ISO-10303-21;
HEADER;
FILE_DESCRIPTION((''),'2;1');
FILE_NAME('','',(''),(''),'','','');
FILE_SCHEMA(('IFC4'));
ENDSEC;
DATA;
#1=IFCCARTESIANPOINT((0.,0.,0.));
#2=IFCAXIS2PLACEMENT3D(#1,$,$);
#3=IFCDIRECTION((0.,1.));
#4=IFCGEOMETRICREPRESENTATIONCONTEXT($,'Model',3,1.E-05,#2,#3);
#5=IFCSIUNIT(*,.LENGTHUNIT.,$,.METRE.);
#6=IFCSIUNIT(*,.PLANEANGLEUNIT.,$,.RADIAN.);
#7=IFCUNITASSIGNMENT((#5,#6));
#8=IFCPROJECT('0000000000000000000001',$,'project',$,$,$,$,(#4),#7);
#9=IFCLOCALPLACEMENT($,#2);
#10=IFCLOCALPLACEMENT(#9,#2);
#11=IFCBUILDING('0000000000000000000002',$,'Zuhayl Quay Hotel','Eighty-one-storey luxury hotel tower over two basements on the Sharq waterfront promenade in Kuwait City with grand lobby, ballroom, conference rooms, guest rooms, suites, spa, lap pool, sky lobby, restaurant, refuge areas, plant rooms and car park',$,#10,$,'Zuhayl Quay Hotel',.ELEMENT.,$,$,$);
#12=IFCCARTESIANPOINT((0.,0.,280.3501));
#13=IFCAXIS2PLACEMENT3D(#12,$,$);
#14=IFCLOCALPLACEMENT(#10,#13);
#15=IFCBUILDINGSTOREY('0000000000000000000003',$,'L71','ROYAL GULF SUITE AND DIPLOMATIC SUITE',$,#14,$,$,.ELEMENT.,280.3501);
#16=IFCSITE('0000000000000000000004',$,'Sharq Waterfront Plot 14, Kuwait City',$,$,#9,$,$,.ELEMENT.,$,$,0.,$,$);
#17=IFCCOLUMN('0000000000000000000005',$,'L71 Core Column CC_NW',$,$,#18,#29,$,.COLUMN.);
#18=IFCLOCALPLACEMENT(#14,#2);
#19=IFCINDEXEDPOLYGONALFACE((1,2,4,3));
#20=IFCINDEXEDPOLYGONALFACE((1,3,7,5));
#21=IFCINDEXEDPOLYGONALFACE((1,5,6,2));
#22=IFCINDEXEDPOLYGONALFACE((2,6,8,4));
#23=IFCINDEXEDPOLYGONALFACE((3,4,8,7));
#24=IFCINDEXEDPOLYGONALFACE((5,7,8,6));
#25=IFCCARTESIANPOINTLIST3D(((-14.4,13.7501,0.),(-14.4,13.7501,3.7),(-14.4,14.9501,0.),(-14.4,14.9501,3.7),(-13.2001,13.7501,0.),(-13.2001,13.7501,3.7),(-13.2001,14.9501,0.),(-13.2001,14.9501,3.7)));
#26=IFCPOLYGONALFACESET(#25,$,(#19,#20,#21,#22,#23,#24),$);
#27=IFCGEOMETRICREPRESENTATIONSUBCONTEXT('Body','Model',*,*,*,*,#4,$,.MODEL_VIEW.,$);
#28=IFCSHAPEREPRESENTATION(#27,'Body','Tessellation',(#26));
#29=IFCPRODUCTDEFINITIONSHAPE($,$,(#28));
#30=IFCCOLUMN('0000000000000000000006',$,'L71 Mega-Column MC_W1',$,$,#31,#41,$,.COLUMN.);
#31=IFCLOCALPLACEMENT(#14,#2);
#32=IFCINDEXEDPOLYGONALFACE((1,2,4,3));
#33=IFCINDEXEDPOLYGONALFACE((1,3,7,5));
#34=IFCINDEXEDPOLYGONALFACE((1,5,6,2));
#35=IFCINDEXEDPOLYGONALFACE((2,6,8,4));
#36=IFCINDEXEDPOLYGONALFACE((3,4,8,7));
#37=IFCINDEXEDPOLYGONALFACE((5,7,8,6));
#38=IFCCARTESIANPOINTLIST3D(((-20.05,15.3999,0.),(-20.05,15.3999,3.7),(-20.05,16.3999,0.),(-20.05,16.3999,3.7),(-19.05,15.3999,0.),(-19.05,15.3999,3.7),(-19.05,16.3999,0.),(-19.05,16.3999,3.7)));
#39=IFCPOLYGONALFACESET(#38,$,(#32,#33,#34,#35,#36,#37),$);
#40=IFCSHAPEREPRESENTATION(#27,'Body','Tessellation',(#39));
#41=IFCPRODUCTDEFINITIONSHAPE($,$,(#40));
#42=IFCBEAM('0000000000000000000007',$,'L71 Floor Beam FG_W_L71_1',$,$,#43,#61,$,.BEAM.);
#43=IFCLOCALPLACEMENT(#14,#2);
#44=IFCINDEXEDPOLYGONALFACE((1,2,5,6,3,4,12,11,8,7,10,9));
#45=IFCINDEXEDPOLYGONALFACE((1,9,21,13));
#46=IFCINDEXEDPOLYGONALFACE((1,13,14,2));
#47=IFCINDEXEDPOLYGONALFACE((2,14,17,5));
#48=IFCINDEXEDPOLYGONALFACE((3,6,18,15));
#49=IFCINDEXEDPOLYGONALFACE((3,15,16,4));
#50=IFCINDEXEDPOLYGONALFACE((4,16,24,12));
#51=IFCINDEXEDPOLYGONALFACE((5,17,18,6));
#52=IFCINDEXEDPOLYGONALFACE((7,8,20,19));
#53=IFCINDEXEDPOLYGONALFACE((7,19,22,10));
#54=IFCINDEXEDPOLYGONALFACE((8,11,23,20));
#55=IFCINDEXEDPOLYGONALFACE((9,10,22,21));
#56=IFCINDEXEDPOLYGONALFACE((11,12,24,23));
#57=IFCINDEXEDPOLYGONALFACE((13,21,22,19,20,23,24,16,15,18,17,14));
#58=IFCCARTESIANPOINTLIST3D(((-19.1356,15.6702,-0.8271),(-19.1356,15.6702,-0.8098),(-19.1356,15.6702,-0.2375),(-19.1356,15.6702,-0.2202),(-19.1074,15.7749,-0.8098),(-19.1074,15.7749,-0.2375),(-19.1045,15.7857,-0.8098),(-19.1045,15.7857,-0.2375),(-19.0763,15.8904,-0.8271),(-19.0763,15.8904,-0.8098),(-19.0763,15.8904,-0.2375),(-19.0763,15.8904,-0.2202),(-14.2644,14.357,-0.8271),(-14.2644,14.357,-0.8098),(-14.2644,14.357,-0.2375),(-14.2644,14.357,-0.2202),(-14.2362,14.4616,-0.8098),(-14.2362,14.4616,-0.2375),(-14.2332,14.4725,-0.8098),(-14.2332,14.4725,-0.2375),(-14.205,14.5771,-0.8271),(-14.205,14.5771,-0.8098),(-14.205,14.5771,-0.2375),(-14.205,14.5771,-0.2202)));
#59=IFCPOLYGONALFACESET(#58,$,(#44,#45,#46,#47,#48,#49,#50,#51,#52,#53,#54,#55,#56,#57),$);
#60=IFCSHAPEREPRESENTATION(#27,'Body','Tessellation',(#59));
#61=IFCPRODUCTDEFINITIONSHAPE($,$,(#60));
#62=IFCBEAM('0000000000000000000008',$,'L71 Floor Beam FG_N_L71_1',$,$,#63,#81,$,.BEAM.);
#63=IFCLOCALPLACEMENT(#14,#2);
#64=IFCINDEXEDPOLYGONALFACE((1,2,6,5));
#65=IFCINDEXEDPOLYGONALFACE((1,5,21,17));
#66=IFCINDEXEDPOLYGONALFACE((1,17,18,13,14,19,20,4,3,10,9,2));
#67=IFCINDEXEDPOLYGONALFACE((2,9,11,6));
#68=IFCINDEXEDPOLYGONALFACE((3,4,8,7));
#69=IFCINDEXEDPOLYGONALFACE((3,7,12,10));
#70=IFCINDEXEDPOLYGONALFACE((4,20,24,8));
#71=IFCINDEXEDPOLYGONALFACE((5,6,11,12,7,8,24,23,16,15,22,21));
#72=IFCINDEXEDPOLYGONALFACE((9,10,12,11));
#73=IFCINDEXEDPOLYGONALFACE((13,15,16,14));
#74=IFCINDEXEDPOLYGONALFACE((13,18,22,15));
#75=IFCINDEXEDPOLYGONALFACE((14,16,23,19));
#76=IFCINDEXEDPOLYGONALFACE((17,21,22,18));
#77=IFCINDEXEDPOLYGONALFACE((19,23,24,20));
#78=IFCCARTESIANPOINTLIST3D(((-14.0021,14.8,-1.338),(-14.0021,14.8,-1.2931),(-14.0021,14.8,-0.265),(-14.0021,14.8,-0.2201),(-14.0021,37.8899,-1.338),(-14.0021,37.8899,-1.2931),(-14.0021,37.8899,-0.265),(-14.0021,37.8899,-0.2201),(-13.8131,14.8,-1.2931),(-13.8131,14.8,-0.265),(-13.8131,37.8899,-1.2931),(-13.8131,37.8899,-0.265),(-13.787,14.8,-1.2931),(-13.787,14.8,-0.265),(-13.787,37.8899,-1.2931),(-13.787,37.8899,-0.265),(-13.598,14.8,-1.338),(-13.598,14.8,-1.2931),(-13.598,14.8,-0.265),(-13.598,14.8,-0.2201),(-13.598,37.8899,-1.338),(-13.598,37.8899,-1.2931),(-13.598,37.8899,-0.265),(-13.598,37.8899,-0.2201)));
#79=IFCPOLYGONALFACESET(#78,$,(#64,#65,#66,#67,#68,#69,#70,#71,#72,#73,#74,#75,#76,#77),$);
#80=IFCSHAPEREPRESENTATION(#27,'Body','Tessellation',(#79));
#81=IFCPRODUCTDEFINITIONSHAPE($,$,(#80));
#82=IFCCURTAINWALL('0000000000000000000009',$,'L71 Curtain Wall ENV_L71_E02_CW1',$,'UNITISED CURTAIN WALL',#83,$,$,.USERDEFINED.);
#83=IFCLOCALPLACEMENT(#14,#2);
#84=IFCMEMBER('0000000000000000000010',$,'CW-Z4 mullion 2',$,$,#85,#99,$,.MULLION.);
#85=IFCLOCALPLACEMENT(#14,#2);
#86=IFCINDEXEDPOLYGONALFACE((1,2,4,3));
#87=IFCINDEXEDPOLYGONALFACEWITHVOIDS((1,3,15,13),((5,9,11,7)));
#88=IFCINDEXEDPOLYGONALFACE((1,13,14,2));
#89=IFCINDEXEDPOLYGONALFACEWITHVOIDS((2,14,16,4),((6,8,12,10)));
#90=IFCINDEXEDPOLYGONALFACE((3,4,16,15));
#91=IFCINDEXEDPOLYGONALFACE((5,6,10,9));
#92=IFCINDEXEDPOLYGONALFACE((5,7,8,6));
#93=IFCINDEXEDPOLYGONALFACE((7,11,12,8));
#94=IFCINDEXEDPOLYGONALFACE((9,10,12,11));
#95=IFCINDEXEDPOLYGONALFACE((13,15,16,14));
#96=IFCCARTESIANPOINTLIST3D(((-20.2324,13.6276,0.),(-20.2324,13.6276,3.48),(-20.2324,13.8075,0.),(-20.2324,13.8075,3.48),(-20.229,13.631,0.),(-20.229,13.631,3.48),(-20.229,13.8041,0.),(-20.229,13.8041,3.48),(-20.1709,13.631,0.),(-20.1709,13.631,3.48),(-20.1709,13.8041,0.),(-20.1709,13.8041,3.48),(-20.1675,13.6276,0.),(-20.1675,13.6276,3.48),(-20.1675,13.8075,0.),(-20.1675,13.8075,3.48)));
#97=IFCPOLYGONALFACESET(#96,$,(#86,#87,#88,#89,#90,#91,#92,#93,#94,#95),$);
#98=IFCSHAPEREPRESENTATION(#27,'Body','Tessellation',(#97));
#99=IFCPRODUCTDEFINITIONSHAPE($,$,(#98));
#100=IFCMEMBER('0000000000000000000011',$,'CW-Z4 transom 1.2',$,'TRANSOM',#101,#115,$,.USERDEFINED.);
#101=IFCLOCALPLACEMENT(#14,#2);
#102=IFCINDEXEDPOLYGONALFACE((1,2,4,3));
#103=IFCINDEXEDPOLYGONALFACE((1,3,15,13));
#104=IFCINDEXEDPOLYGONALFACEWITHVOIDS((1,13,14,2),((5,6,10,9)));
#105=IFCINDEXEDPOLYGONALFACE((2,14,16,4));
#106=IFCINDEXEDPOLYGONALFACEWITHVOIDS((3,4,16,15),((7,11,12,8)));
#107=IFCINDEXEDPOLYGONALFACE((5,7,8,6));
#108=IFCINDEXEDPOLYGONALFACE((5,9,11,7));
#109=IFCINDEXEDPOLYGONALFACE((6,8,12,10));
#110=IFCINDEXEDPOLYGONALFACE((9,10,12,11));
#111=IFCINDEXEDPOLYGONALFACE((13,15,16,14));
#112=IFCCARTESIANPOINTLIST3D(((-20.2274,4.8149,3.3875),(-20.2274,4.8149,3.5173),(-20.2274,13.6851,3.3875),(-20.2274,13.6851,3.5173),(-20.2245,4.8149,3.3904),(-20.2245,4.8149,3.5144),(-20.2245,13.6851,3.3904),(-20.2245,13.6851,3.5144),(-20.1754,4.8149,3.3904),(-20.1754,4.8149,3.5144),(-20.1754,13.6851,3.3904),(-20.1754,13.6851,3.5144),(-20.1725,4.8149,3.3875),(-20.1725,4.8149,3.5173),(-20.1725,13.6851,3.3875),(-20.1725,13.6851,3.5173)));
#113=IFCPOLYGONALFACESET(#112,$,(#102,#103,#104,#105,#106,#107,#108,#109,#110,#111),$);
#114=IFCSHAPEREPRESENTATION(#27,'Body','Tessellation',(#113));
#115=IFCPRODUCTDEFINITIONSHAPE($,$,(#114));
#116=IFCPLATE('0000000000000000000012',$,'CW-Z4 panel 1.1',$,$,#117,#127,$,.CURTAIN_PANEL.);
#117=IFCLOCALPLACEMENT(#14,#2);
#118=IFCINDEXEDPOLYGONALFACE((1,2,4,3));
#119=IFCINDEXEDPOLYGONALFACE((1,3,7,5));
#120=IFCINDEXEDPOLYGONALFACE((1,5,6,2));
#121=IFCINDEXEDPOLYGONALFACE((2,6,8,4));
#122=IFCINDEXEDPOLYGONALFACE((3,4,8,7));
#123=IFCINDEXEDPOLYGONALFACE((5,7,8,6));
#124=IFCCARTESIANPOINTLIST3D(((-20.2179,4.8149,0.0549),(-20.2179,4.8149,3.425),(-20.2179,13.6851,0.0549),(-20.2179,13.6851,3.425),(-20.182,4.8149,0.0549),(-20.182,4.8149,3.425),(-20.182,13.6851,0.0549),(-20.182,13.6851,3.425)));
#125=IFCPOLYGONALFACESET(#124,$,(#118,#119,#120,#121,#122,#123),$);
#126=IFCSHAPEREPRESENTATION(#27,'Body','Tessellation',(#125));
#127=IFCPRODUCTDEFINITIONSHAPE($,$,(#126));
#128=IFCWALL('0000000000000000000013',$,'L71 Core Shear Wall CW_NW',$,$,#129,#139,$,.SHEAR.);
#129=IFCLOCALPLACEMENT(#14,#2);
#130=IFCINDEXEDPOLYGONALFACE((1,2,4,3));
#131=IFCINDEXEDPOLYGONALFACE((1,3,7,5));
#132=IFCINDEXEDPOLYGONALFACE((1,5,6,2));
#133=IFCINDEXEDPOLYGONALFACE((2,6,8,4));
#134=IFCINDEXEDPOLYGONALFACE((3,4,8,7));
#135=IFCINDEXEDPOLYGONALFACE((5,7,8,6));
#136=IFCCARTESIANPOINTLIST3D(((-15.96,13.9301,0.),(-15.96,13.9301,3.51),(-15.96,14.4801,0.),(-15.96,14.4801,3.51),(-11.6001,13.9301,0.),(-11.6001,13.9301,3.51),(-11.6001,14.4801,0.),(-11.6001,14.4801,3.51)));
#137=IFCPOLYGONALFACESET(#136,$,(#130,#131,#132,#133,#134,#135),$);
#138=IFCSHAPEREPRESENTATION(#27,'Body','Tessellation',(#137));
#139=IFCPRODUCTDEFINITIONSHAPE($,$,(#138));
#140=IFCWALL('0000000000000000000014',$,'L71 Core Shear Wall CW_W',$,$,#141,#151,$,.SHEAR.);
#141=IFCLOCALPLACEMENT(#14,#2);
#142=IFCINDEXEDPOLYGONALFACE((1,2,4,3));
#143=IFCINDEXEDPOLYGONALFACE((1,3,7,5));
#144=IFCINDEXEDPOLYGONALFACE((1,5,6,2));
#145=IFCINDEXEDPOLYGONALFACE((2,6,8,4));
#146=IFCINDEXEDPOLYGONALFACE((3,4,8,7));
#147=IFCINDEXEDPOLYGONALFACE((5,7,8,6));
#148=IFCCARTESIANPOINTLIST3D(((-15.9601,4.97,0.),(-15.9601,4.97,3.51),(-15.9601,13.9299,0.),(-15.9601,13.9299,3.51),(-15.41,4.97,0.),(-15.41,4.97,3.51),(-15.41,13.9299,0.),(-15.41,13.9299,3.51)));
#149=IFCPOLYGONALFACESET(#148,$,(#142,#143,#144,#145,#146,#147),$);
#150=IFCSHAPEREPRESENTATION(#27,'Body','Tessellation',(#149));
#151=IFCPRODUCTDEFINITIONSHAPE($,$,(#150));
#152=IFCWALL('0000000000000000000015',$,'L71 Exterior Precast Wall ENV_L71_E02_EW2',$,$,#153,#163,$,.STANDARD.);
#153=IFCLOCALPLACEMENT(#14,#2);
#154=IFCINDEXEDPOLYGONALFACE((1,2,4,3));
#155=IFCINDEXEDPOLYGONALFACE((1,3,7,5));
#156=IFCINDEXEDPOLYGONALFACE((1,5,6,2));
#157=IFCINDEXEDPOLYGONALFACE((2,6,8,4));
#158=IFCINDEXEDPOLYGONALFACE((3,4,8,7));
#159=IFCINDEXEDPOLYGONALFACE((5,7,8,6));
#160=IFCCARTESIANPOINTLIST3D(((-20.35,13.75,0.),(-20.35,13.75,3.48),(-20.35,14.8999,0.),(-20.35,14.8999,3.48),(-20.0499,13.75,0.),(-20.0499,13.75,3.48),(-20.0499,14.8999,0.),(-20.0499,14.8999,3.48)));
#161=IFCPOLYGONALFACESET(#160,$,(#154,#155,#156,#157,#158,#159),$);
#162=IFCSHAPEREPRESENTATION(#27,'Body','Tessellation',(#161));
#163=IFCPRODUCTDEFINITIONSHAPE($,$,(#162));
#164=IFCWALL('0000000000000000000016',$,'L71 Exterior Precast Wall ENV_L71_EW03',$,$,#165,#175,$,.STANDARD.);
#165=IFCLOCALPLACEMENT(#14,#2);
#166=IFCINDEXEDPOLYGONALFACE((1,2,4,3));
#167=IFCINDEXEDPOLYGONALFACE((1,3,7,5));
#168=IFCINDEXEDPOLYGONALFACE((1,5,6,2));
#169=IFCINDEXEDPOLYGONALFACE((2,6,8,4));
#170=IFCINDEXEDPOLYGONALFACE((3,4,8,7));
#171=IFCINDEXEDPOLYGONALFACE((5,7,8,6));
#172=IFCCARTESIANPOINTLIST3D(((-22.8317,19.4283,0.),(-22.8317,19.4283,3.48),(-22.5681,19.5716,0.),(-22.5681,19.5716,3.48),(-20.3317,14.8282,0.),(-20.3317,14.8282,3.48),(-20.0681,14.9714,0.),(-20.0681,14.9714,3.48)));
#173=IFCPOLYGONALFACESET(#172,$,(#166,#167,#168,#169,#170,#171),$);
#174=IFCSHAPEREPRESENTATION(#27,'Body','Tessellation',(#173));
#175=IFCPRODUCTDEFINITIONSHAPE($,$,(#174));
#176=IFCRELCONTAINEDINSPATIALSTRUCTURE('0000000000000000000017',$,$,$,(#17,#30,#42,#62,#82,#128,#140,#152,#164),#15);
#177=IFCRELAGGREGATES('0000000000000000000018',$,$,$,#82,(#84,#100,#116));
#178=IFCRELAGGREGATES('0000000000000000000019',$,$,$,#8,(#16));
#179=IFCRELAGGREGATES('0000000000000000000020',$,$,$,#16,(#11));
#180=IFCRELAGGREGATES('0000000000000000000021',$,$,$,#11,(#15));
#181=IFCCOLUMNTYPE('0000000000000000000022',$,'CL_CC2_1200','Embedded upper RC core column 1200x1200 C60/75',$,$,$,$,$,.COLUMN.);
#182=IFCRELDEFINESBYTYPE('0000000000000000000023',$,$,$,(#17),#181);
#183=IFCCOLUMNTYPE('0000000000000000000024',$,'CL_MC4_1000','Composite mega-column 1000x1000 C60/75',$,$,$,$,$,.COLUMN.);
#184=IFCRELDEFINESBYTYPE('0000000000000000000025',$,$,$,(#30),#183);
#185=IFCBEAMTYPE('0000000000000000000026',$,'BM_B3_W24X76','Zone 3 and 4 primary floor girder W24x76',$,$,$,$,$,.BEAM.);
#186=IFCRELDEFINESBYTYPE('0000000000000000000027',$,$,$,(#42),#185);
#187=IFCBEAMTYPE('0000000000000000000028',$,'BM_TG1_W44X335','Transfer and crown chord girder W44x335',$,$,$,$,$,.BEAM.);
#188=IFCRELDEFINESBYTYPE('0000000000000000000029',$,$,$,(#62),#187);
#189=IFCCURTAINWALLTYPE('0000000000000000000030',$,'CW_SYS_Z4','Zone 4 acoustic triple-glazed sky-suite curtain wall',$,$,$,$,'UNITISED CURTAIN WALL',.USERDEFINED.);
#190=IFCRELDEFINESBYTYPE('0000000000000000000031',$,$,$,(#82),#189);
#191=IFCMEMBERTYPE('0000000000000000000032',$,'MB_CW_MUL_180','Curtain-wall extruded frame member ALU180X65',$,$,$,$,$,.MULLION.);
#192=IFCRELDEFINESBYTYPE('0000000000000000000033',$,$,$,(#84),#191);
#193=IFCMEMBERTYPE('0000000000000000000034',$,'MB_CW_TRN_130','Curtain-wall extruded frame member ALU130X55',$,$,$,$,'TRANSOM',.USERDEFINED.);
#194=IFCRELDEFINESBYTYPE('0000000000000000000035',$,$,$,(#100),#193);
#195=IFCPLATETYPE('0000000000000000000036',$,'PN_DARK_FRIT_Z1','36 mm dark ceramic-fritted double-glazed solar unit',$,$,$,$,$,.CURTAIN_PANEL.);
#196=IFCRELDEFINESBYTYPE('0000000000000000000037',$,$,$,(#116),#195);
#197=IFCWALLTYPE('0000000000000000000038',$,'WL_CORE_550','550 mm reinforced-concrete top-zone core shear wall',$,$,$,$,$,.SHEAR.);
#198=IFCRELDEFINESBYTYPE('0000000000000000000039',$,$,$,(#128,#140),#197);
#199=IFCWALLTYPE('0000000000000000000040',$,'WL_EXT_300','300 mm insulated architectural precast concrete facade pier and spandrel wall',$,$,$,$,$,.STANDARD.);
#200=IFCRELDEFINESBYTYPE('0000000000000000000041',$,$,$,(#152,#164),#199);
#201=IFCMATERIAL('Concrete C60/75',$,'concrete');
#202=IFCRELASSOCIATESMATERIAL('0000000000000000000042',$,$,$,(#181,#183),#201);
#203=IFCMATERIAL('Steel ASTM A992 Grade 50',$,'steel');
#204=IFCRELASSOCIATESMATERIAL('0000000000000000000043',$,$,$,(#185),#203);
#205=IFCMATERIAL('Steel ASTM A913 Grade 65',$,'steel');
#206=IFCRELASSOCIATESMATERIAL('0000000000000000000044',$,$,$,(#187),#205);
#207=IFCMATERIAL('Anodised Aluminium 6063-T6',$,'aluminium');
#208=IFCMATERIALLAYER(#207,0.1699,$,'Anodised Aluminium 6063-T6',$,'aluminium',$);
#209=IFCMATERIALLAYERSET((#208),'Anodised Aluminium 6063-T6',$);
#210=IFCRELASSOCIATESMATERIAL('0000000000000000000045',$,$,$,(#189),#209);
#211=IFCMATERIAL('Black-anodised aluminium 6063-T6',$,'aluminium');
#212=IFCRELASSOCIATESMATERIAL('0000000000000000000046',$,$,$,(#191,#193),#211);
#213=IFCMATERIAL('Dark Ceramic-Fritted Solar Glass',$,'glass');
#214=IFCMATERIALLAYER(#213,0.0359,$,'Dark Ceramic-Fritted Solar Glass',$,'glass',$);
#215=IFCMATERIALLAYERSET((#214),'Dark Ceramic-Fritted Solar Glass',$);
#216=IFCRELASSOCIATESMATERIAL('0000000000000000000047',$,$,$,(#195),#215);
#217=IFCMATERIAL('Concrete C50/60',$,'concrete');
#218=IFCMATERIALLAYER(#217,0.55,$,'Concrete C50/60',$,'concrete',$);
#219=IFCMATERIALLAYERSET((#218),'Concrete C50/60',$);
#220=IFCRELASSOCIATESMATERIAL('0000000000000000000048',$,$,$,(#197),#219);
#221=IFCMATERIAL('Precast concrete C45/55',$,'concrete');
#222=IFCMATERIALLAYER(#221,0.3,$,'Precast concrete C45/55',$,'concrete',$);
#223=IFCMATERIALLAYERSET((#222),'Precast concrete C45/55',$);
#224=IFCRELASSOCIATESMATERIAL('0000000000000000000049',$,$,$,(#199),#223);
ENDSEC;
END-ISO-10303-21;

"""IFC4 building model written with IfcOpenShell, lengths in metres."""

from ifc_helpers import new_model, si_unit, direction, frame, frame_2d, origin, origin_2d, place, context, subcontext, project, spatial, rectangle, hollow_rectangle, i_section, extrude, material, layer, layer_set, material_profile, profile_set, type_object, element, aggregate, save


model = new_model("IFC4")

# Units and contexts
model_context = context("Model", 3, precision=1e-05, world=origin(), true_north=direction((0.0, 1.0)))
body_context = subcontext(model_context, "Body", "Model", "MODEL_VIEW")
ifc_project = project(units=[si_unit("LENGTHUNIT", "METRE"), si_unit("PLANEANGLEUNIT", "RADIAN")], contexts=[model_context])

# Site, building, storey
site_placement = place(None, origin())
site = spatial("IfcSite", under=ifc_project, at=site_placement, Name="Sharq Waterfront Plot 14, Kuwait City", CompositionType="ELEMENT", RefElevation=0.0)
building_placement = place(site_placement, origin())
building = spatial("IfcBuilding", under=site, at=building_placement, Name="Zuhayl Quay Hotel", Description="Eighty-one-storey luxury hotel tower over two basements on the Sharq waterfront promenade in Kuwait City with grand lobby, ballroom, conference rooms, guest rooms, suites, spa, lap pool, sky lobby, restaurant, refuge areas, plant rooms and car park", LongName="Zuhayl Quay Hotel", CompositionType="ELEMENT")
storey_placement = place(building_placement, frame((0.0, 0.0, 280.3501)))
storey = spatial("IfcBuildingStorey", under=building, at=storey_placement, Name="L71", Description="ROYAL GULF SUITE AND DIPLOMATIC SUITE", CompositionType="ELEMENT", Elevation=280.3501)

# Columns
ifc_material_1 = material(Name="Concrete C60/75", Category="concrete")
ifc_material_profile_1 = material_profile(ifc_material_1, rectangle(XDim=1.2, YDim=1.2, at=origin_2d()), Name="RC1200X1200")
ifc_profile_set_1 = profile_set([ifc_material_profile_1], Name="Concrete C60/75")
column_type_1 = type_object("IfcColumnType", Name="CL_CC2_1200", Description="Embedded upper RC core column 1200x1200 C60/75", PredefinedType="COLUMN", material=ifc_profile_set_1)
column_1_placement = place(storey_placement, frame((-13.8, 14.3501, 0.0), z_axis=(0.0, 0.0, 1.0), x_axis=(1.0, 0.0, 0.0)))
element("IfcColumn", 1, at=column_1_placement, inside=storey, type_object=column_type_1, Name="L71 Core Column CC_NW", PredefinedType="COLUMN", context=body_context, shape_type="SweptSolid", body=[
    extrude(rectangle(XDim=1.2, YDim=1.2, at=origin_2d()), origin(), (0.0, 0.0, 1.0), 3.7),
])
ifc_material_profile_2 = material_profile(ifc_material_1, rectangle(XDim=1.0, YDim=1.0, at=origin_2d()), Name="RC1000X1000")
ifc_profile_set_2 = profile_set([ifc_material_profile_2], Name="Concrete C60/75")
column_type_2 = type_object("IfcColumnType", Name="CL_MC4_1000", Description="Composite mega-column 1000x1000 C60/75", PredefinedType="COLUMN", material=ifc_profile_set_2)
column_2_placement = place(storey_placement, frame((-19.55, 15.8999, 0.0), z_axis=(0.0, 0.0, 1.0), x_axis=(1.0, 0.0, 0.0)))
element("IfcColumn", 2, at=column_2_placement, inside=storey, type_object=column_type_2, Name="L71 Mega-Column MC_W1", PredefinedType="COLUMN", context=body_context, shape_type="SweptSolid", body=[
    extrude(rectangle(XDim=1.0, YDim=1.0, at=origin_2d()), origin(), (0.0, 0.0, 1.0), 3.7),
])

# Beams
ifc_material_2 = material(Name="Steel ASTM A992 Grade 50", Category="steel")
ifc_material_profile_3 = material_profile(ifc_material_2, i_section(OverallWidth=0.228, OverallDepth=0.6069, WebThickness=0.0112, FlangeThickness=0.0173, at=origin_2d()), Name="W24X76")
ifc_profile_set_3 = profile_set([ifc_material_profile_3], Name="Steel ASTM A992 Grade 50")
beam_type_1 = type_object("IfcBeamType", Name="BM_B3_W24X76", Description="Zone 3 and 4 primary floor girder W24x76", PredefinedType="BEAM", material=ifc_profile_set_3)
beam_1_placement = place(storey_placement, frame((-19.106, 15.7803, -0.5237), z_axis=(0.96553, -0.260291, 0.0), x_axis=(0.260291, 0.96553, 0.0)))
element("IfcBeam", 3, at=beam_1_placement, inside=storey, type_object=beam_type_1, Name="L71 Floor Beam FG_W_L71_1", PredefinedType="BEAM", context=body_context, shape_type="SweptSolid", body=[
    extrude(i_section(OverallWidth=0.228, OverallDepth=0.6069, WebThickness=0.0112, FlangeThickness=0.0173, at=origin_2d()), origin(), (0.0, 0.0, 1.0), 5.0452),
])
ifc_material_3 = material(Name="Steel ASTM A913 Grade 65", Category="steel")
ifc_material_profile_4 = material_profile(ifc_material_3, i_section(OverallWidth=0.4041, OverallDepth=1.1179, WebThickness=0.0261, FlangeThickness=0.0449, at=origin_2d()), Name="W44X335")
ifc_profile_set_4 = profile_set([ifc_material_profile_4], Name="Steel ASTM A913 Grade 65")
beam_type_2 = type_object("IfcBeamType", Name="BM_TG1_W44X335", Description="Transfer and crown chord girder W44x335", PredefinedType="BEAM", material=ifc_profile_set_4)
beam_2_placement = place(storey_placement, frame((-13.8, 14.8, -0.7791), z_axis=(0.0, 1.0, 0.0), x_axis=(-1.0, 0.0, 0.0)))
element("IfcBeam", 4, at=beam_2_placement, inside=storey, type_object=beam_type_2, Name="L71 Floor Beam FG_N_L71_1", PredefinedType="BEAM", context=body_context, shape_type="SweptSolid", body=[
    extrude(i_section(OverallWidth=0.4041, OverallDepth=1.1179, WebThickness=0.0261, FlangeThickness=0.0449, at=origin_2d()), origin(), (0.0, 0.0, 1.0), 23.0898),
])

# Curtain wall, members, plate
ifc_material_4 = material(Name="Anodised Aluminium 6063-T6", Category="aluminium")
ifc_layer_1 = layer(ifc_material_4, 0.1699, Name="Anodised Aluminium 6063-T6", Category="aluminium")
ifc_layer_set_1 = layer_set([ifc_layer_1], Name="Anodised Aluminium 6063-T6")
curtain_wall_type = type_object("IfcCurtainWallType", Name="CW_SYS_Z4", Description="Zone 4 acoustic triple-glazed sky-suite curtain wall", ElementType="UNITISED CURTAIN WALL", PredefinedType="USERDEFINED", material=ifc_layer_set_1)
curtain_wall_placement = place(storey_placement, origin())
curtain_wall = element("IfcCurtainWall", 5, at=curtain_wall_placement, inside=storey, type_object=curtain_wall_type, Name="L71 Curtain Wall ENV_L71_E02_CW1", ObjectType="UNITISED CURTAIN WALL", PredefinedType="USERDEFINED")
ifc_material_5 = material(Name="Black-anodised aluminium 6063-T6", Category="aluminium")
ifc_material_profile_5 = material_profile(ifc_material_5, hollow_rectangle(XDim=0.0649, YDim=0.1799, WallThickness=0.0034, at=origin_2d()), Name="ALU180X65")
ifc_profile_set_5 = profile_set([ifc_material_profile_5], Name="Black-anodised aluminium 6063-T6")
member_type_1 = type_object("IfcMemberType", Name="MB_CW_MUL_180", Description="Curtain-wall extruded frame member ALU180X65", PredefinedType="MULLION", material=ifc_profile_set_5)
member_1_placement = place(storey_placement, frame((-20.2, 13.7175, 0.0), z_axis=(0.0, 0.0, 1.0), x_axis=(-1.0, 0.0, 0.0)))
member_1 = element("IfcMember", 6, at=member_1_placement, type_object=member_type_1, Name="CW-Z4 mullion 2", PredefinedType="MULLION", context=body_context, shape_type="SweptSolid", body=[
    extrude(hollow_rectangle(XDim=0.0649, YDim=0.1799, WallThickness=0.0034, at=origin_2d()), origin(), (0.0, 0.0, 1.0), 3.48),
])
ifc_material_profile_6 = material_profile(ifc_material_5, hollow_rectangle(XDim=0.0549, YDim=0.1299, WallThickness=0.0029, at=origin_2d()), Name="ALU130X55")
ifc_profile_set_6 = profile_set([ifc_material_profile_6], Name="Black-anodised aluminium 6063-T6")
member_type_2 = type_object("IfcMemberType", Name="MB_CW_TRN_130", Description="Curtain-wall extruded frame member ALU130X55", ElementType="TRANSOM", PredefinedType="USERDEFINED", material=ifc_profile_set_6)
member_2_placement = place(storey_placement, frame((-20.2, 4.8149, 3.4524), z_axis=(0.0, 1.0, 0.0), x_axis=(-1.0, 0.0, 0.0)))
member_2 = element("IfcMember", 7, at=member_2_placement, type_object=member_type_2, Name="CW-Z4 transom 1.2", ObjectType="TRANSOM", PredefinedType="USERDEFINED", context=body_context, shape_type="SweptSolid", body=[
    extrude(hollow_rectangle(XDim=0.0549, YDim=0.1299, WallThickness=0.0029, at=origin_2d()), origin(), (0.0, 0.0, 1.0), 8.8701),
])
ifc_material_6 = material(Name="Dark Ceramic-Fritted Solar Glass", Category="glass")
ifc_layer_2 = layer(ifc_material_6, 0.0359, Name="Dark Ceramic-Fritted Solar Glass", Category="glass")
ifc_layer_set_2 = layer_set([ifc_layer_2], Name="Dark Ceramic-Fritted Solar Glass")
plate_type = type_object("IfcPlateType", Name="PN_DARK_FRIT_Z1", Description="36 mm dark ceramic-fritted double-glazed solar unit", PredefinedType="CURTAIN_PANEL", material=ifc_layer_set_2)
plate_placement = place(storey_placement, frame((-20.2, 9.25, 0.0549), z_axis=(0.0, 0.0, 1.0), x_axis=(0.0, 1.0, 0.0)))
plate = element("IfcPlate", 8, at=plate_placement, type_object=plate_type, Name="CW-Z4 panel 1.1", PredefinedType="CURTAIN_PANEL", context=body_context, shape_type="SweptSolid", body=[
    extrude(rectangle(XDim=8.8701, YDim=0.0359, at=origin_2d()), origin(), (0.0, 0.0, 1.0), 3.3701),
])
aggregate(curtain_wall, [member_1, member_2, plate])

# Walls
ifc_material_7 = material(Name="Concrete C50/60", Category="concrete")
ifc_layer_3 = layer(ifc_material_7, 0.55, Name="Concrete C50/60", Category="concrete")
ifc_layer_set_3 = layer_set([ifc_layer_3], Name="Concrete C50/60")
wall_type_1 = type_object("IfcWallType", Name="WL_CORE_550", Description="550 mm reinforced-concrete top-zone core shear wall", PredefinedType="SHEAR", material=ifc_layer_set_3)
wall_1_placement = place(storey_placement, frame((-15.96, 14.2051, 0.0), z_axis=(0.0, 0.0, 1.0), x_axis=(1.0, 0.0, 0.0)))
element("IfcWall", 9, at=wall_1_placement, inside=storey, type_object=wall_type_1, Name="L71 Core Shear Wall CW_NW", PredefinedType="SHEAR", context=body_context, shape_type="SweptSolid", body=[
    extrude(rectangle(XDim=4.3599, YDim=0.55, at=frame_2d((2.1799, 0.0))), origin(), (0.0, 0.0, 1.0), 3.51),
])
wall_2_placement = place(storey_placement, frame((-15.6851, 4.97, 0.0), z_axis=(0.0, 0.0, 1.0), x_axis=(0.0, 1.0, 0.0)))
element("IfcWall", 10, at=wall_2_placement, inside=storey, type_object=wall_type_1, Name="L71 Core Shear Wall CW_W", PredefinedType="SHEAR", context=body_context, shape_type="SweptSolid", body=[
    extrude(rectangle(XDim=8.96, YDim=0.55, at=frame_2d((4.48, 0.0))), origin(), (0.0, 0.0, 1.0), 3.51),
])
ifc_material_8 = material(Name="Precast concrete C45/55", Category="concrete")
ifc_layer_4 = layer(ifc_material_8, 0.3, Name="Precast concrete C45/55", Category="concrete")
ifc_layer_set_4 = layer_set([ifc_layer_4], Name="Precast concrete C45/55")
wall_type_2 = type_object("IfcWallType", Name="WL_EXT_300", Description="300 mm insulated architectural precast concrete facade pier and spandrel wall", PredefinedType="STANDARD", material=ifc_layer_set_4)
wall_3_placement = place(storey_placement, frame((-20.2, 13.75, 0.0), z_axis=(0.0, 0.0, 1.0), x_axis=(0.0, 1.0, 0.0)))
element("IfcWall", 11, at=wall_3_placement, inside=storey, type_object=wall_type_2, Name="L71 Exterior Precast Wall ENV_L71_E02_EW2", PredefinedType="STANDARD", context=body_context, shape_type="SweptSolid", body=[
    extrude(rectangle(XDim=1.1499, YDim=0.3, at=frame_2d((0.575, 0.0))), origin(), (0.0, 0.0, 1.0), 3.48),
])
wall_4_placement = place(storey_placement, frame((-20.2, 14.8999, 0.0), z_axis=(0.0, 0.0, 1.0), x_axis=(-0.477505, 0.878629, 0.0)))
element("IfcWall", 12, at=wall_4_placement, inside=storey, type_object=wall_type_2, Name="L71 Exterior Precast Wall ENV_L71_EW03", PredefinedType="STANDARD", context=body_context, shape_type="SweptSolid", body=[
    extrude(rectangle(XDim=5.2356, YDim=0.3, at=frame_2d((2.6177, 0.0))), origin(), (0.0, 0.0, 1.0), 3.48),
])

save(model, "model.ifc")
